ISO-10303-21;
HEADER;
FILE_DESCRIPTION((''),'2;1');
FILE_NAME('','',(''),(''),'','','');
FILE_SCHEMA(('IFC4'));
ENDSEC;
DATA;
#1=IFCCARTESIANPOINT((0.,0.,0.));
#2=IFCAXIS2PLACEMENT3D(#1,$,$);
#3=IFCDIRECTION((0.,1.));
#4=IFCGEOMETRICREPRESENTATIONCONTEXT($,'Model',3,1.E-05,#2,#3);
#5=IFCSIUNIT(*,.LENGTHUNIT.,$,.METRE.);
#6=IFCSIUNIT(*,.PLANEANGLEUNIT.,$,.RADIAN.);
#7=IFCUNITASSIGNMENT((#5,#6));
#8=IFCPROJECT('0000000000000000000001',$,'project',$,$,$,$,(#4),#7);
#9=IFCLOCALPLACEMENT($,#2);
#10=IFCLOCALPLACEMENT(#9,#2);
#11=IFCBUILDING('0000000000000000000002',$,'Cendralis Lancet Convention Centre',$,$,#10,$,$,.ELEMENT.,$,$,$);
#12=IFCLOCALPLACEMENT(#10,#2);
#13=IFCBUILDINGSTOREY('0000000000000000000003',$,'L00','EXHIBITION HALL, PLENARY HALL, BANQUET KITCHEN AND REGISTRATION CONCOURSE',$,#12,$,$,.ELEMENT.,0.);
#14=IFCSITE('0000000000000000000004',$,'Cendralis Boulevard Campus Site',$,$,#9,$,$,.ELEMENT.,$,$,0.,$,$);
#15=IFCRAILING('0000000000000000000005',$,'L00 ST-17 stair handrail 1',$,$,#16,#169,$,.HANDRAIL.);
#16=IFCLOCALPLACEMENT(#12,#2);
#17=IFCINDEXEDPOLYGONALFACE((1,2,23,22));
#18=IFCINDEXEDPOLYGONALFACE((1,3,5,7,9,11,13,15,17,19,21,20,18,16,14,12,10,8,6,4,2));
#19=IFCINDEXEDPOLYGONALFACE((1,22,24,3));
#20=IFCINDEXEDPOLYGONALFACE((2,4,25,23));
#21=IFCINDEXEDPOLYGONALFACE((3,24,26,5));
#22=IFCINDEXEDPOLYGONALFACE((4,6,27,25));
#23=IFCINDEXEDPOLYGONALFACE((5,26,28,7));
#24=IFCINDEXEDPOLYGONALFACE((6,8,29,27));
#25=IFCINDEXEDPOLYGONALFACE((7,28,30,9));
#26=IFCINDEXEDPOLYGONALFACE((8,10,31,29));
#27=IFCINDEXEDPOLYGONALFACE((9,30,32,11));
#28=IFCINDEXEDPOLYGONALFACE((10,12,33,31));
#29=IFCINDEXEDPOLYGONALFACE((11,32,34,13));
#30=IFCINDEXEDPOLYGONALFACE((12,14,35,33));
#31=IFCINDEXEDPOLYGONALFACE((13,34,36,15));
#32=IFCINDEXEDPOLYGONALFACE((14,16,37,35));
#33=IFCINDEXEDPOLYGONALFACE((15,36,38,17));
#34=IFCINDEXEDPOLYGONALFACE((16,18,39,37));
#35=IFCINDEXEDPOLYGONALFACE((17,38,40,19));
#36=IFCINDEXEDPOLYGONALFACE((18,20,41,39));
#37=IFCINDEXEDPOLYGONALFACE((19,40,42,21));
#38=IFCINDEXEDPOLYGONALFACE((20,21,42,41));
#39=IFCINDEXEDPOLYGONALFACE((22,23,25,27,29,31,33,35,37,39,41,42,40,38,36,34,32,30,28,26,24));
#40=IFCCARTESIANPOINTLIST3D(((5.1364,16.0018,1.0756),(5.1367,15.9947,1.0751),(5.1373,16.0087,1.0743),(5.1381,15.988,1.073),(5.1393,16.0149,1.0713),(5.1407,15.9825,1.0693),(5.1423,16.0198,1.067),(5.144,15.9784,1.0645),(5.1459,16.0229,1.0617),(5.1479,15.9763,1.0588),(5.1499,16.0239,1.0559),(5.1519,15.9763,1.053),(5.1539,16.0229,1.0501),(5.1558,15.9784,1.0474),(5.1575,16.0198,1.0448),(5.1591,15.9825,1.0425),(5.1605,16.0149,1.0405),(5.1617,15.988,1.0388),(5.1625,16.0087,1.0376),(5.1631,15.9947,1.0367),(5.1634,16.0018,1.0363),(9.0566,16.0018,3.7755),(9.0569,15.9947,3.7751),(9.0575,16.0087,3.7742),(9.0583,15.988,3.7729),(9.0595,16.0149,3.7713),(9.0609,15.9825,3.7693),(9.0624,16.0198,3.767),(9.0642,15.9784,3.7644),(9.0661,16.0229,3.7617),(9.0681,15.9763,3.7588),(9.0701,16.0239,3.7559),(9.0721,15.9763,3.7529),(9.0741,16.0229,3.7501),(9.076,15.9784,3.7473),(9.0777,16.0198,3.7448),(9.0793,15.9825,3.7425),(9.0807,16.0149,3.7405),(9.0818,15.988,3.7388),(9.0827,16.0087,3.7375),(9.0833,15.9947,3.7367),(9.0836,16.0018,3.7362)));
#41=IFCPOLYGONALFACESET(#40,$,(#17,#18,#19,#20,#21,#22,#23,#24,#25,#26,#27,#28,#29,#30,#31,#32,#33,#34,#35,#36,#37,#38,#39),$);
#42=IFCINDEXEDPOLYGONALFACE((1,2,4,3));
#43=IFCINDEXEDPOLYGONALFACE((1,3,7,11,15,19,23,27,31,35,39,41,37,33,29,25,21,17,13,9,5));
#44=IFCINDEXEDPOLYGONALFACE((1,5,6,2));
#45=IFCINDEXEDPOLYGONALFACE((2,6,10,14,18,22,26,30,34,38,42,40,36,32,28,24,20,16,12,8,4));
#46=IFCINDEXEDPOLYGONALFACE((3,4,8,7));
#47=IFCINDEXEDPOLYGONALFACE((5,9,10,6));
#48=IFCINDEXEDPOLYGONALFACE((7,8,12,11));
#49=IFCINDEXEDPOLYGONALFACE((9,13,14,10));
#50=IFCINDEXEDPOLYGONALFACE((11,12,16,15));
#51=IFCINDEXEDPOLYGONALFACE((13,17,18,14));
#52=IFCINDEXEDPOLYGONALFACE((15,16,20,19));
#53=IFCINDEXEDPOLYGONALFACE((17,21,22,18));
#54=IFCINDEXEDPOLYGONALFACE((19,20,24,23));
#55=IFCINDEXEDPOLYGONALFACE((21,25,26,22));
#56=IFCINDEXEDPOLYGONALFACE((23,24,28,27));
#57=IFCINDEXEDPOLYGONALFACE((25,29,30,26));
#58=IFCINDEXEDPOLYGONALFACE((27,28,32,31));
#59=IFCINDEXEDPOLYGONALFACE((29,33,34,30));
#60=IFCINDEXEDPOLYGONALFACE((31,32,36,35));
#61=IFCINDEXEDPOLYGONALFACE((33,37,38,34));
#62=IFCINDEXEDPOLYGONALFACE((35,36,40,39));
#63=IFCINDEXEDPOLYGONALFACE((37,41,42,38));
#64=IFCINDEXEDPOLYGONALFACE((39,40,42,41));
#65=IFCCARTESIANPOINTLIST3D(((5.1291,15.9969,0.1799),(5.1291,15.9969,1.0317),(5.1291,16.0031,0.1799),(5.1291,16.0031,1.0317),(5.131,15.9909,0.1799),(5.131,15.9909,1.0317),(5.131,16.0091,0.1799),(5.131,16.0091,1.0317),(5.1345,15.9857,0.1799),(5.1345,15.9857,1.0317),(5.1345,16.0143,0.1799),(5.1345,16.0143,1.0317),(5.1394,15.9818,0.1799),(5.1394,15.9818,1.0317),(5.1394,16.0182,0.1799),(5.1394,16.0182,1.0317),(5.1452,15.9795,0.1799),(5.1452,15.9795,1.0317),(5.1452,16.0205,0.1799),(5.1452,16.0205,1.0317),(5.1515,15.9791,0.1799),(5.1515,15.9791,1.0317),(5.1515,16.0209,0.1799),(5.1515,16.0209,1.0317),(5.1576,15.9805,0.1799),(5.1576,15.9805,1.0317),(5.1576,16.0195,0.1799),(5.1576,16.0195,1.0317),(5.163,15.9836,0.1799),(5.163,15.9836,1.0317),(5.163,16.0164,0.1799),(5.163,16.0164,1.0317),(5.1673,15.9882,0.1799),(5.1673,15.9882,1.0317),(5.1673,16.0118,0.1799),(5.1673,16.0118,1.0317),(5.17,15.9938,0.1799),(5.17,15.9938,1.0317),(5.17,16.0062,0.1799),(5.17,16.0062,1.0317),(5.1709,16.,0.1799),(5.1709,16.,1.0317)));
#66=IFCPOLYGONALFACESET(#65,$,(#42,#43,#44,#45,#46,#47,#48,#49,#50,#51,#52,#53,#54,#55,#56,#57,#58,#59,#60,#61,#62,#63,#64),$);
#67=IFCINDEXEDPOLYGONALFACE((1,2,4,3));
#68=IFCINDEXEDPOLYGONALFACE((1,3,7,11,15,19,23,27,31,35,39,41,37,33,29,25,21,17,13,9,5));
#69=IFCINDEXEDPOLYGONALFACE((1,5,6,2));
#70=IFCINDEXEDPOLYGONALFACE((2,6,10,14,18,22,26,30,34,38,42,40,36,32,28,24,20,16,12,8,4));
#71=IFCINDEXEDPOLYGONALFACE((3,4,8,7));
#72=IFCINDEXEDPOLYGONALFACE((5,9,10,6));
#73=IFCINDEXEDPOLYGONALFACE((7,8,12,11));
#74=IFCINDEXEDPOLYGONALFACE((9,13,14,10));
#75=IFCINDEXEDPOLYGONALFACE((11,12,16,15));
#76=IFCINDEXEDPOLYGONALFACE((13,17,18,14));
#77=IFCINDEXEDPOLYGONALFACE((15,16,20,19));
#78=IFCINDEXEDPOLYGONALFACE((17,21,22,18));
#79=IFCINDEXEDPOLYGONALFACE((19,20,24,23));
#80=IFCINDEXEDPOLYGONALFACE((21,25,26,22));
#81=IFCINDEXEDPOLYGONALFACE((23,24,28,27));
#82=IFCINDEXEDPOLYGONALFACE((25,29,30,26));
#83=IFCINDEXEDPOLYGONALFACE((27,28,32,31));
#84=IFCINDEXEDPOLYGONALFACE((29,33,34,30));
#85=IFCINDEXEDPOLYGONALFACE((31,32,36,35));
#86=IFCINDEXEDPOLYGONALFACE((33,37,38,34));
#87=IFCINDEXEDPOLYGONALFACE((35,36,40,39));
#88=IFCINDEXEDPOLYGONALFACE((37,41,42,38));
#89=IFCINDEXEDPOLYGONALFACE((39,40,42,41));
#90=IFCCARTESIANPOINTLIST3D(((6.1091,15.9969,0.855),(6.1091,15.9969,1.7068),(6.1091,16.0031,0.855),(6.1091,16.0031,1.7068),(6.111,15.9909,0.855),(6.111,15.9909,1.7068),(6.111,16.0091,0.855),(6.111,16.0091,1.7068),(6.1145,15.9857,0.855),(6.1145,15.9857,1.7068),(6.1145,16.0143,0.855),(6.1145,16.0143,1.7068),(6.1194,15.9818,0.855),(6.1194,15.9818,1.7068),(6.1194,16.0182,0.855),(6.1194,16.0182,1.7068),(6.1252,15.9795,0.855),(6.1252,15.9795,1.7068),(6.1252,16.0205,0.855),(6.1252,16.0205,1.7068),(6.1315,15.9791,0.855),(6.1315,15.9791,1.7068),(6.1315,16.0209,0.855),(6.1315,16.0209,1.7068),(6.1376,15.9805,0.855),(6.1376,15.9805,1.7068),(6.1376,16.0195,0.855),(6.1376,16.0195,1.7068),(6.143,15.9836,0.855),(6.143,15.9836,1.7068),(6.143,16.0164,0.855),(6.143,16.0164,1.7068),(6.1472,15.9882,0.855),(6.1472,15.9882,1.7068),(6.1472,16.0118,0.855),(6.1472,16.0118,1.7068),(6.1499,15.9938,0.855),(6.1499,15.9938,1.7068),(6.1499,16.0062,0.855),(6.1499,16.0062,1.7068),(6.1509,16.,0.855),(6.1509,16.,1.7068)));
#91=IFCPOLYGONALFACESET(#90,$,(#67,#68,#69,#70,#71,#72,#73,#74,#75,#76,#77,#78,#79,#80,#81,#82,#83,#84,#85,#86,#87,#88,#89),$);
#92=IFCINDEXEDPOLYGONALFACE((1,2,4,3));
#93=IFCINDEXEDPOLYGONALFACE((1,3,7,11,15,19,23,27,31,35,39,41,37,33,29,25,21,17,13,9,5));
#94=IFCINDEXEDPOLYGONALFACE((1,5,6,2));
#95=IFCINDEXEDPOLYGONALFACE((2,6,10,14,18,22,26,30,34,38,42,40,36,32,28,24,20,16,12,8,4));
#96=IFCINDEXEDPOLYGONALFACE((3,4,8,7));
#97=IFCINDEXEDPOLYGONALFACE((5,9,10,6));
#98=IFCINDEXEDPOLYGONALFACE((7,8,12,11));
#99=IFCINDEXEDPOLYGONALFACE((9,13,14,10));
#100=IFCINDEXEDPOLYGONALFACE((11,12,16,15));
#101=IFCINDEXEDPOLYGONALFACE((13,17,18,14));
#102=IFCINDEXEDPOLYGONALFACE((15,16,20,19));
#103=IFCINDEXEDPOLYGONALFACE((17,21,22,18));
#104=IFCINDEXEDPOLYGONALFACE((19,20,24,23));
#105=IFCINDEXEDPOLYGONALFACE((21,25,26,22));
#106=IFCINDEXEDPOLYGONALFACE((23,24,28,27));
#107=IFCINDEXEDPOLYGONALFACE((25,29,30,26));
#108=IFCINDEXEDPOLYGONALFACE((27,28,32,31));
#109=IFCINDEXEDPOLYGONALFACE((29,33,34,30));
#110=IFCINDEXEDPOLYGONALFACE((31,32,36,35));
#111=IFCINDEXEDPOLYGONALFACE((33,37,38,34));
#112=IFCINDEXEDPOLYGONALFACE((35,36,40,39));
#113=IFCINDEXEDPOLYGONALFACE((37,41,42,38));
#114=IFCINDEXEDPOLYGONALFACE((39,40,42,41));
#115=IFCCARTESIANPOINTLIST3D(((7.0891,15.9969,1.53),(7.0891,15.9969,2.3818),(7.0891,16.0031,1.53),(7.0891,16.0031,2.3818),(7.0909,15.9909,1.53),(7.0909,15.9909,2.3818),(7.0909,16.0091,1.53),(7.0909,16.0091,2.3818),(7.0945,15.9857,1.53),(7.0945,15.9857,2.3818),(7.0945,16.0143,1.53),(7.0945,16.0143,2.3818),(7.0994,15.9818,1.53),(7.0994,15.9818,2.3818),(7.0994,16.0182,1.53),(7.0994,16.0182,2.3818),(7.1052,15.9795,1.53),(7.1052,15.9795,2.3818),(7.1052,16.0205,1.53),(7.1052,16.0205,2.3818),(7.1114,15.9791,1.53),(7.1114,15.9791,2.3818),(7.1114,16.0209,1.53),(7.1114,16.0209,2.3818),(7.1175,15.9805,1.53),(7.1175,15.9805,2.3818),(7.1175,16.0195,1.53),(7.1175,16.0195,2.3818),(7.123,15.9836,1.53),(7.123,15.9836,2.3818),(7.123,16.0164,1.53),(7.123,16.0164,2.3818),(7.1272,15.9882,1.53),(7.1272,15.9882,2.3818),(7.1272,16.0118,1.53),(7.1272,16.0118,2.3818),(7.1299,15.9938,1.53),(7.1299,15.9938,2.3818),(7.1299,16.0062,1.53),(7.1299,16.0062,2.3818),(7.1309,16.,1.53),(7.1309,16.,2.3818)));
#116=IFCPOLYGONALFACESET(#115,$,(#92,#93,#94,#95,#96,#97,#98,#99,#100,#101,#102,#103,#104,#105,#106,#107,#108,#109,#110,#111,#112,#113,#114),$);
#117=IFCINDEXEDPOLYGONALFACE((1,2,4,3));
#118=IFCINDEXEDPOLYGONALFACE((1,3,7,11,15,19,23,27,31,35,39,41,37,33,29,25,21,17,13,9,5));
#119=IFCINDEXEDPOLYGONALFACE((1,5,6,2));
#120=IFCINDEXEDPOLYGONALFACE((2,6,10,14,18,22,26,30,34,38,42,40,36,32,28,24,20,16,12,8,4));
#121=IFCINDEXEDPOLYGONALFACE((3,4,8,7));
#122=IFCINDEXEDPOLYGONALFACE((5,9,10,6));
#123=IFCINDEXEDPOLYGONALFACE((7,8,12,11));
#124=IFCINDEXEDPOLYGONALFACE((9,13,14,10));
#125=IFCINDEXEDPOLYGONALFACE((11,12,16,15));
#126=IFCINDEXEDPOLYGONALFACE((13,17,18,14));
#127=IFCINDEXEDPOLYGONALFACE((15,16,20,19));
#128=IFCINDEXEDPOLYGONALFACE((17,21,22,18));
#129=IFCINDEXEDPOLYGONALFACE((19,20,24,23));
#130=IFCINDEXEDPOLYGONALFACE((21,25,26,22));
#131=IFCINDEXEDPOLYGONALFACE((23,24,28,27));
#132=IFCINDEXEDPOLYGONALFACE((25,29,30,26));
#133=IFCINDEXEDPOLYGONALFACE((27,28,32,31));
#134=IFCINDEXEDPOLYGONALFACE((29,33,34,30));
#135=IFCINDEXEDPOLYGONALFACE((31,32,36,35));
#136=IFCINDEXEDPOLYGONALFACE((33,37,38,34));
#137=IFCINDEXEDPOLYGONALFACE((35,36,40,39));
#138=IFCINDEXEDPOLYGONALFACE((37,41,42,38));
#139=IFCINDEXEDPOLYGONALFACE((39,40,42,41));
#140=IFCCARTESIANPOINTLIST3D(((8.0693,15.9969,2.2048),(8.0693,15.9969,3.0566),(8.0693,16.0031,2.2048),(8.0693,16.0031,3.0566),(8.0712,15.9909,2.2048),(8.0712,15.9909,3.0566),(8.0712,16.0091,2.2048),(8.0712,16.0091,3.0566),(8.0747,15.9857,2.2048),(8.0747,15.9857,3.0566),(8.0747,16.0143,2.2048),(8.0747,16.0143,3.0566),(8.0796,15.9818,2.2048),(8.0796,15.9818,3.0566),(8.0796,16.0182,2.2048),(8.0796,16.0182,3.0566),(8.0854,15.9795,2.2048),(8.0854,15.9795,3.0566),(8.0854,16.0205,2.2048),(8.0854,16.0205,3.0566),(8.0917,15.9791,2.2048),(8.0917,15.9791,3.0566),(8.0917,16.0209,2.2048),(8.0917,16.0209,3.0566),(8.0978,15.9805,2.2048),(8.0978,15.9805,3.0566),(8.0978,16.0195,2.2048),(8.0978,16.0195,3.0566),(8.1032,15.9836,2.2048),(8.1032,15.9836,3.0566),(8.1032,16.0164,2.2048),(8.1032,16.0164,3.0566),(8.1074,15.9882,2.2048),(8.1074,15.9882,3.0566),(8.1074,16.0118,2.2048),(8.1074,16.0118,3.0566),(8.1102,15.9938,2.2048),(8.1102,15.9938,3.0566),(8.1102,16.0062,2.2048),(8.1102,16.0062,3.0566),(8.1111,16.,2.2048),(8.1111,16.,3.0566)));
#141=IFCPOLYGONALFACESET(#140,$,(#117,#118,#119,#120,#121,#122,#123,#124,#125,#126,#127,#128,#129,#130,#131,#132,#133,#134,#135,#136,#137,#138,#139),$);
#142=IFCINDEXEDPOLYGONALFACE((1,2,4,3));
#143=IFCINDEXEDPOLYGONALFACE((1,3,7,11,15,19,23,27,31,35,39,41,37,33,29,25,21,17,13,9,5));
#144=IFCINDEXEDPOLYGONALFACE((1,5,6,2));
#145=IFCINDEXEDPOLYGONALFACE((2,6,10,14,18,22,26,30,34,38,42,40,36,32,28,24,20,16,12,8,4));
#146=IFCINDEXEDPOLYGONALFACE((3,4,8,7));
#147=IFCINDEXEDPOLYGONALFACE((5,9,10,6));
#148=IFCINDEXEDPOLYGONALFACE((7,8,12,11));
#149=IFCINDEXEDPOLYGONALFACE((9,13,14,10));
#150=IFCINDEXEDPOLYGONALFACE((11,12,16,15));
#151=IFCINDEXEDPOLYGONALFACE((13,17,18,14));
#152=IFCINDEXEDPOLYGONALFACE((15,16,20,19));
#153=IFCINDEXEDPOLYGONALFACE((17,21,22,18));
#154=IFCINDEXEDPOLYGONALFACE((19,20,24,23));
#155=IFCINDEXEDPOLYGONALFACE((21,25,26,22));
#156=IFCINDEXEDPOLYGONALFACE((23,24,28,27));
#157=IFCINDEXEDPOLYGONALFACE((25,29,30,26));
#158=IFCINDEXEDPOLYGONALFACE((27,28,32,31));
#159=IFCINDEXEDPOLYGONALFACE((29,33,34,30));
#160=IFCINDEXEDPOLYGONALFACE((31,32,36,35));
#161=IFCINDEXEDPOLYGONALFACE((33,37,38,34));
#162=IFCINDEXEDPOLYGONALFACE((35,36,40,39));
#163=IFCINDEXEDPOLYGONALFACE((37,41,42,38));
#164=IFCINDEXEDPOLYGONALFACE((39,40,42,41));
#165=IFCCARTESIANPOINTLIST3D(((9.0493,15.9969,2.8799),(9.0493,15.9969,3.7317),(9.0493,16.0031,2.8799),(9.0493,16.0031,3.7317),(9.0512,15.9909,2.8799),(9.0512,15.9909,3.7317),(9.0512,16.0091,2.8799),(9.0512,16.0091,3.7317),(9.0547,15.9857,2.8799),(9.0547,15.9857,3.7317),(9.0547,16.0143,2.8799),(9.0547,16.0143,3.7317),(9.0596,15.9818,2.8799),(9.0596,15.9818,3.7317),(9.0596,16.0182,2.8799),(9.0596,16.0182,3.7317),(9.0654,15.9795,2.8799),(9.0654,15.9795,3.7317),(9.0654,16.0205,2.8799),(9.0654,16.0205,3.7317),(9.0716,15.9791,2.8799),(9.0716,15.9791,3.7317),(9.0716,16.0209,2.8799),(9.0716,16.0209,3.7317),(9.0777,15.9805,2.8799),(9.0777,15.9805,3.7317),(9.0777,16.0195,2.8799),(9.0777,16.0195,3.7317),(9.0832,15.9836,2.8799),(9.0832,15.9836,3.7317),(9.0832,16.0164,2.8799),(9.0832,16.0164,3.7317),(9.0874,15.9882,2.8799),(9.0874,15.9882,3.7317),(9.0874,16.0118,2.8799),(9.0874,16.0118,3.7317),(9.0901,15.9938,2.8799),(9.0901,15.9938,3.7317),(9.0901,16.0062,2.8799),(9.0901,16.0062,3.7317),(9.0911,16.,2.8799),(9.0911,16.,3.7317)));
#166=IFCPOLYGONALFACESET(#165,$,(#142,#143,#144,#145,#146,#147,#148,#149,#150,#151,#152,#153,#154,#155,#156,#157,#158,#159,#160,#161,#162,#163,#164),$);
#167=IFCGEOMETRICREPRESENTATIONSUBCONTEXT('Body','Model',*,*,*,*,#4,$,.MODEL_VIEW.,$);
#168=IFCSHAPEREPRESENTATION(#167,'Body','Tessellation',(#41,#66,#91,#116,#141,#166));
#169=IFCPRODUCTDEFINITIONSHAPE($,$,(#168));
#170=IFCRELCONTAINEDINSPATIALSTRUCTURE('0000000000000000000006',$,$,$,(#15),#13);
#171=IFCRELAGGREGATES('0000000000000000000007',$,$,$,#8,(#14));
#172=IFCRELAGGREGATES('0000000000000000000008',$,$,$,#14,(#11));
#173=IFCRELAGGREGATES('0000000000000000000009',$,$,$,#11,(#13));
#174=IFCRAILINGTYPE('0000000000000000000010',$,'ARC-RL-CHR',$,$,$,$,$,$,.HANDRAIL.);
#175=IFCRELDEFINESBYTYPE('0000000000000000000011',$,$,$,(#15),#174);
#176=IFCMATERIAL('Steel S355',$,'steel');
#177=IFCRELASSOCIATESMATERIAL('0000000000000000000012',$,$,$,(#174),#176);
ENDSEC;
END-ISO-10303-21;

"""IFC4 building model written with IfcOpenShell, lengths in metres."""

from ifc_helpers import new_model, si_unit, direction, frame, origin, origin_2d, place, context, subcontext, project, spatial, circle, extrude, material, type_object, element, save


model = new_model("IFC4")

# Units and contexts
model_context = context("Model", 3, precision=1e-05, world=origin(), true_north=direction((0.0, 1.0)))
body_context = subcontext(model_context, "Body", "Model", "MODEL_VIEW")
ifc_project = project(units=[si_unit("LENGTHUNIT", "METRE"), si_unit("PLANEANGLEUNIT", "RADIAN")], contexts=[model_context])

# Site, building, storey
site_placement = place(None, origin())
site = spatial("IfcSite", under=ifc_project, at=site_placement, Name="Cendralis Boulevard Campus Site", CompositionType="ELEMENT", RefElevation=0.0)
building_placement = place(site_placement, origin())
building = spatial("IfcBuilding", under=site, at=building_placement, Name="Cendralis Lancet Convention Centre", CompositionType="ELEMENT")
storey_placement = place(building_placement, origin())
storey = spatial("IfcBuildingStorey", under=building, at=storey_placement, Name="L00", Description="EXHIBITION HALL, PLENARY HALL, BANQUET KITCHEN AND REGISTRATION CONCOURSE", CompositionType="ELEMENT", Elevation=0.0)

# Shared definitions
ifc_material_1 = material(Name="Steel S355", Category="steel")

# Railing
railing_type_1 = type_object("IfcRailingType", Name="ARC-RL-CHR", PredefinedType="HANDRAIL", material=ifc_material_1)
railing_1_placement = place(storey_placement, frame((5.1499, 16.0, 0.1799)))
element("IfcRailing", 1, at=railing_1_placement, inside=storey, type_object=railing_type_1, Name="L00 ST-17 stair handrail 1", PredefinedType="HANDRAIL", context=body_context, shape_type="SweptSolid", body=[
    extrude(circle(Radius=0.0239, at=origin_2d()), frame((0.0, 0.0, 0.876), z_axis=(0.823567, 0.0, 0.567219), x_axis=(0.0, 1.0, 0.0)), (0.0, 0.0, 1.0), 4.76),
    extrude(circle(Radius=0.021, at=origin_2d()), origin(), (0.0, 0.0, 1.0), 0.8518),
    extrude(circle(Radius=0.021, at=origin_2d()), frame((0.98, 0.0, 0.675)), (0.0, 0.0, 1.0), 0.8518),
    extrude(circle(Radius=0.021, at=origin_2d()), frame((1.96, 0.0, 1.3501)), (0.0, 0.0, 1.0), 0.8518),
    extrude(circle(Radius=0.021, at=origin_2d()), frame((2.9402, 0.0, 2.0249)), (0.0, 0.0, 1.0), 0.8518),
    extrude(circle(Radius=0.021, at=origin_2d()), frame((3.9202, 0.0, 2.7)), (0.0, 0.0, 1.0), 0.8518),
])

save(model, "model.ifc")
